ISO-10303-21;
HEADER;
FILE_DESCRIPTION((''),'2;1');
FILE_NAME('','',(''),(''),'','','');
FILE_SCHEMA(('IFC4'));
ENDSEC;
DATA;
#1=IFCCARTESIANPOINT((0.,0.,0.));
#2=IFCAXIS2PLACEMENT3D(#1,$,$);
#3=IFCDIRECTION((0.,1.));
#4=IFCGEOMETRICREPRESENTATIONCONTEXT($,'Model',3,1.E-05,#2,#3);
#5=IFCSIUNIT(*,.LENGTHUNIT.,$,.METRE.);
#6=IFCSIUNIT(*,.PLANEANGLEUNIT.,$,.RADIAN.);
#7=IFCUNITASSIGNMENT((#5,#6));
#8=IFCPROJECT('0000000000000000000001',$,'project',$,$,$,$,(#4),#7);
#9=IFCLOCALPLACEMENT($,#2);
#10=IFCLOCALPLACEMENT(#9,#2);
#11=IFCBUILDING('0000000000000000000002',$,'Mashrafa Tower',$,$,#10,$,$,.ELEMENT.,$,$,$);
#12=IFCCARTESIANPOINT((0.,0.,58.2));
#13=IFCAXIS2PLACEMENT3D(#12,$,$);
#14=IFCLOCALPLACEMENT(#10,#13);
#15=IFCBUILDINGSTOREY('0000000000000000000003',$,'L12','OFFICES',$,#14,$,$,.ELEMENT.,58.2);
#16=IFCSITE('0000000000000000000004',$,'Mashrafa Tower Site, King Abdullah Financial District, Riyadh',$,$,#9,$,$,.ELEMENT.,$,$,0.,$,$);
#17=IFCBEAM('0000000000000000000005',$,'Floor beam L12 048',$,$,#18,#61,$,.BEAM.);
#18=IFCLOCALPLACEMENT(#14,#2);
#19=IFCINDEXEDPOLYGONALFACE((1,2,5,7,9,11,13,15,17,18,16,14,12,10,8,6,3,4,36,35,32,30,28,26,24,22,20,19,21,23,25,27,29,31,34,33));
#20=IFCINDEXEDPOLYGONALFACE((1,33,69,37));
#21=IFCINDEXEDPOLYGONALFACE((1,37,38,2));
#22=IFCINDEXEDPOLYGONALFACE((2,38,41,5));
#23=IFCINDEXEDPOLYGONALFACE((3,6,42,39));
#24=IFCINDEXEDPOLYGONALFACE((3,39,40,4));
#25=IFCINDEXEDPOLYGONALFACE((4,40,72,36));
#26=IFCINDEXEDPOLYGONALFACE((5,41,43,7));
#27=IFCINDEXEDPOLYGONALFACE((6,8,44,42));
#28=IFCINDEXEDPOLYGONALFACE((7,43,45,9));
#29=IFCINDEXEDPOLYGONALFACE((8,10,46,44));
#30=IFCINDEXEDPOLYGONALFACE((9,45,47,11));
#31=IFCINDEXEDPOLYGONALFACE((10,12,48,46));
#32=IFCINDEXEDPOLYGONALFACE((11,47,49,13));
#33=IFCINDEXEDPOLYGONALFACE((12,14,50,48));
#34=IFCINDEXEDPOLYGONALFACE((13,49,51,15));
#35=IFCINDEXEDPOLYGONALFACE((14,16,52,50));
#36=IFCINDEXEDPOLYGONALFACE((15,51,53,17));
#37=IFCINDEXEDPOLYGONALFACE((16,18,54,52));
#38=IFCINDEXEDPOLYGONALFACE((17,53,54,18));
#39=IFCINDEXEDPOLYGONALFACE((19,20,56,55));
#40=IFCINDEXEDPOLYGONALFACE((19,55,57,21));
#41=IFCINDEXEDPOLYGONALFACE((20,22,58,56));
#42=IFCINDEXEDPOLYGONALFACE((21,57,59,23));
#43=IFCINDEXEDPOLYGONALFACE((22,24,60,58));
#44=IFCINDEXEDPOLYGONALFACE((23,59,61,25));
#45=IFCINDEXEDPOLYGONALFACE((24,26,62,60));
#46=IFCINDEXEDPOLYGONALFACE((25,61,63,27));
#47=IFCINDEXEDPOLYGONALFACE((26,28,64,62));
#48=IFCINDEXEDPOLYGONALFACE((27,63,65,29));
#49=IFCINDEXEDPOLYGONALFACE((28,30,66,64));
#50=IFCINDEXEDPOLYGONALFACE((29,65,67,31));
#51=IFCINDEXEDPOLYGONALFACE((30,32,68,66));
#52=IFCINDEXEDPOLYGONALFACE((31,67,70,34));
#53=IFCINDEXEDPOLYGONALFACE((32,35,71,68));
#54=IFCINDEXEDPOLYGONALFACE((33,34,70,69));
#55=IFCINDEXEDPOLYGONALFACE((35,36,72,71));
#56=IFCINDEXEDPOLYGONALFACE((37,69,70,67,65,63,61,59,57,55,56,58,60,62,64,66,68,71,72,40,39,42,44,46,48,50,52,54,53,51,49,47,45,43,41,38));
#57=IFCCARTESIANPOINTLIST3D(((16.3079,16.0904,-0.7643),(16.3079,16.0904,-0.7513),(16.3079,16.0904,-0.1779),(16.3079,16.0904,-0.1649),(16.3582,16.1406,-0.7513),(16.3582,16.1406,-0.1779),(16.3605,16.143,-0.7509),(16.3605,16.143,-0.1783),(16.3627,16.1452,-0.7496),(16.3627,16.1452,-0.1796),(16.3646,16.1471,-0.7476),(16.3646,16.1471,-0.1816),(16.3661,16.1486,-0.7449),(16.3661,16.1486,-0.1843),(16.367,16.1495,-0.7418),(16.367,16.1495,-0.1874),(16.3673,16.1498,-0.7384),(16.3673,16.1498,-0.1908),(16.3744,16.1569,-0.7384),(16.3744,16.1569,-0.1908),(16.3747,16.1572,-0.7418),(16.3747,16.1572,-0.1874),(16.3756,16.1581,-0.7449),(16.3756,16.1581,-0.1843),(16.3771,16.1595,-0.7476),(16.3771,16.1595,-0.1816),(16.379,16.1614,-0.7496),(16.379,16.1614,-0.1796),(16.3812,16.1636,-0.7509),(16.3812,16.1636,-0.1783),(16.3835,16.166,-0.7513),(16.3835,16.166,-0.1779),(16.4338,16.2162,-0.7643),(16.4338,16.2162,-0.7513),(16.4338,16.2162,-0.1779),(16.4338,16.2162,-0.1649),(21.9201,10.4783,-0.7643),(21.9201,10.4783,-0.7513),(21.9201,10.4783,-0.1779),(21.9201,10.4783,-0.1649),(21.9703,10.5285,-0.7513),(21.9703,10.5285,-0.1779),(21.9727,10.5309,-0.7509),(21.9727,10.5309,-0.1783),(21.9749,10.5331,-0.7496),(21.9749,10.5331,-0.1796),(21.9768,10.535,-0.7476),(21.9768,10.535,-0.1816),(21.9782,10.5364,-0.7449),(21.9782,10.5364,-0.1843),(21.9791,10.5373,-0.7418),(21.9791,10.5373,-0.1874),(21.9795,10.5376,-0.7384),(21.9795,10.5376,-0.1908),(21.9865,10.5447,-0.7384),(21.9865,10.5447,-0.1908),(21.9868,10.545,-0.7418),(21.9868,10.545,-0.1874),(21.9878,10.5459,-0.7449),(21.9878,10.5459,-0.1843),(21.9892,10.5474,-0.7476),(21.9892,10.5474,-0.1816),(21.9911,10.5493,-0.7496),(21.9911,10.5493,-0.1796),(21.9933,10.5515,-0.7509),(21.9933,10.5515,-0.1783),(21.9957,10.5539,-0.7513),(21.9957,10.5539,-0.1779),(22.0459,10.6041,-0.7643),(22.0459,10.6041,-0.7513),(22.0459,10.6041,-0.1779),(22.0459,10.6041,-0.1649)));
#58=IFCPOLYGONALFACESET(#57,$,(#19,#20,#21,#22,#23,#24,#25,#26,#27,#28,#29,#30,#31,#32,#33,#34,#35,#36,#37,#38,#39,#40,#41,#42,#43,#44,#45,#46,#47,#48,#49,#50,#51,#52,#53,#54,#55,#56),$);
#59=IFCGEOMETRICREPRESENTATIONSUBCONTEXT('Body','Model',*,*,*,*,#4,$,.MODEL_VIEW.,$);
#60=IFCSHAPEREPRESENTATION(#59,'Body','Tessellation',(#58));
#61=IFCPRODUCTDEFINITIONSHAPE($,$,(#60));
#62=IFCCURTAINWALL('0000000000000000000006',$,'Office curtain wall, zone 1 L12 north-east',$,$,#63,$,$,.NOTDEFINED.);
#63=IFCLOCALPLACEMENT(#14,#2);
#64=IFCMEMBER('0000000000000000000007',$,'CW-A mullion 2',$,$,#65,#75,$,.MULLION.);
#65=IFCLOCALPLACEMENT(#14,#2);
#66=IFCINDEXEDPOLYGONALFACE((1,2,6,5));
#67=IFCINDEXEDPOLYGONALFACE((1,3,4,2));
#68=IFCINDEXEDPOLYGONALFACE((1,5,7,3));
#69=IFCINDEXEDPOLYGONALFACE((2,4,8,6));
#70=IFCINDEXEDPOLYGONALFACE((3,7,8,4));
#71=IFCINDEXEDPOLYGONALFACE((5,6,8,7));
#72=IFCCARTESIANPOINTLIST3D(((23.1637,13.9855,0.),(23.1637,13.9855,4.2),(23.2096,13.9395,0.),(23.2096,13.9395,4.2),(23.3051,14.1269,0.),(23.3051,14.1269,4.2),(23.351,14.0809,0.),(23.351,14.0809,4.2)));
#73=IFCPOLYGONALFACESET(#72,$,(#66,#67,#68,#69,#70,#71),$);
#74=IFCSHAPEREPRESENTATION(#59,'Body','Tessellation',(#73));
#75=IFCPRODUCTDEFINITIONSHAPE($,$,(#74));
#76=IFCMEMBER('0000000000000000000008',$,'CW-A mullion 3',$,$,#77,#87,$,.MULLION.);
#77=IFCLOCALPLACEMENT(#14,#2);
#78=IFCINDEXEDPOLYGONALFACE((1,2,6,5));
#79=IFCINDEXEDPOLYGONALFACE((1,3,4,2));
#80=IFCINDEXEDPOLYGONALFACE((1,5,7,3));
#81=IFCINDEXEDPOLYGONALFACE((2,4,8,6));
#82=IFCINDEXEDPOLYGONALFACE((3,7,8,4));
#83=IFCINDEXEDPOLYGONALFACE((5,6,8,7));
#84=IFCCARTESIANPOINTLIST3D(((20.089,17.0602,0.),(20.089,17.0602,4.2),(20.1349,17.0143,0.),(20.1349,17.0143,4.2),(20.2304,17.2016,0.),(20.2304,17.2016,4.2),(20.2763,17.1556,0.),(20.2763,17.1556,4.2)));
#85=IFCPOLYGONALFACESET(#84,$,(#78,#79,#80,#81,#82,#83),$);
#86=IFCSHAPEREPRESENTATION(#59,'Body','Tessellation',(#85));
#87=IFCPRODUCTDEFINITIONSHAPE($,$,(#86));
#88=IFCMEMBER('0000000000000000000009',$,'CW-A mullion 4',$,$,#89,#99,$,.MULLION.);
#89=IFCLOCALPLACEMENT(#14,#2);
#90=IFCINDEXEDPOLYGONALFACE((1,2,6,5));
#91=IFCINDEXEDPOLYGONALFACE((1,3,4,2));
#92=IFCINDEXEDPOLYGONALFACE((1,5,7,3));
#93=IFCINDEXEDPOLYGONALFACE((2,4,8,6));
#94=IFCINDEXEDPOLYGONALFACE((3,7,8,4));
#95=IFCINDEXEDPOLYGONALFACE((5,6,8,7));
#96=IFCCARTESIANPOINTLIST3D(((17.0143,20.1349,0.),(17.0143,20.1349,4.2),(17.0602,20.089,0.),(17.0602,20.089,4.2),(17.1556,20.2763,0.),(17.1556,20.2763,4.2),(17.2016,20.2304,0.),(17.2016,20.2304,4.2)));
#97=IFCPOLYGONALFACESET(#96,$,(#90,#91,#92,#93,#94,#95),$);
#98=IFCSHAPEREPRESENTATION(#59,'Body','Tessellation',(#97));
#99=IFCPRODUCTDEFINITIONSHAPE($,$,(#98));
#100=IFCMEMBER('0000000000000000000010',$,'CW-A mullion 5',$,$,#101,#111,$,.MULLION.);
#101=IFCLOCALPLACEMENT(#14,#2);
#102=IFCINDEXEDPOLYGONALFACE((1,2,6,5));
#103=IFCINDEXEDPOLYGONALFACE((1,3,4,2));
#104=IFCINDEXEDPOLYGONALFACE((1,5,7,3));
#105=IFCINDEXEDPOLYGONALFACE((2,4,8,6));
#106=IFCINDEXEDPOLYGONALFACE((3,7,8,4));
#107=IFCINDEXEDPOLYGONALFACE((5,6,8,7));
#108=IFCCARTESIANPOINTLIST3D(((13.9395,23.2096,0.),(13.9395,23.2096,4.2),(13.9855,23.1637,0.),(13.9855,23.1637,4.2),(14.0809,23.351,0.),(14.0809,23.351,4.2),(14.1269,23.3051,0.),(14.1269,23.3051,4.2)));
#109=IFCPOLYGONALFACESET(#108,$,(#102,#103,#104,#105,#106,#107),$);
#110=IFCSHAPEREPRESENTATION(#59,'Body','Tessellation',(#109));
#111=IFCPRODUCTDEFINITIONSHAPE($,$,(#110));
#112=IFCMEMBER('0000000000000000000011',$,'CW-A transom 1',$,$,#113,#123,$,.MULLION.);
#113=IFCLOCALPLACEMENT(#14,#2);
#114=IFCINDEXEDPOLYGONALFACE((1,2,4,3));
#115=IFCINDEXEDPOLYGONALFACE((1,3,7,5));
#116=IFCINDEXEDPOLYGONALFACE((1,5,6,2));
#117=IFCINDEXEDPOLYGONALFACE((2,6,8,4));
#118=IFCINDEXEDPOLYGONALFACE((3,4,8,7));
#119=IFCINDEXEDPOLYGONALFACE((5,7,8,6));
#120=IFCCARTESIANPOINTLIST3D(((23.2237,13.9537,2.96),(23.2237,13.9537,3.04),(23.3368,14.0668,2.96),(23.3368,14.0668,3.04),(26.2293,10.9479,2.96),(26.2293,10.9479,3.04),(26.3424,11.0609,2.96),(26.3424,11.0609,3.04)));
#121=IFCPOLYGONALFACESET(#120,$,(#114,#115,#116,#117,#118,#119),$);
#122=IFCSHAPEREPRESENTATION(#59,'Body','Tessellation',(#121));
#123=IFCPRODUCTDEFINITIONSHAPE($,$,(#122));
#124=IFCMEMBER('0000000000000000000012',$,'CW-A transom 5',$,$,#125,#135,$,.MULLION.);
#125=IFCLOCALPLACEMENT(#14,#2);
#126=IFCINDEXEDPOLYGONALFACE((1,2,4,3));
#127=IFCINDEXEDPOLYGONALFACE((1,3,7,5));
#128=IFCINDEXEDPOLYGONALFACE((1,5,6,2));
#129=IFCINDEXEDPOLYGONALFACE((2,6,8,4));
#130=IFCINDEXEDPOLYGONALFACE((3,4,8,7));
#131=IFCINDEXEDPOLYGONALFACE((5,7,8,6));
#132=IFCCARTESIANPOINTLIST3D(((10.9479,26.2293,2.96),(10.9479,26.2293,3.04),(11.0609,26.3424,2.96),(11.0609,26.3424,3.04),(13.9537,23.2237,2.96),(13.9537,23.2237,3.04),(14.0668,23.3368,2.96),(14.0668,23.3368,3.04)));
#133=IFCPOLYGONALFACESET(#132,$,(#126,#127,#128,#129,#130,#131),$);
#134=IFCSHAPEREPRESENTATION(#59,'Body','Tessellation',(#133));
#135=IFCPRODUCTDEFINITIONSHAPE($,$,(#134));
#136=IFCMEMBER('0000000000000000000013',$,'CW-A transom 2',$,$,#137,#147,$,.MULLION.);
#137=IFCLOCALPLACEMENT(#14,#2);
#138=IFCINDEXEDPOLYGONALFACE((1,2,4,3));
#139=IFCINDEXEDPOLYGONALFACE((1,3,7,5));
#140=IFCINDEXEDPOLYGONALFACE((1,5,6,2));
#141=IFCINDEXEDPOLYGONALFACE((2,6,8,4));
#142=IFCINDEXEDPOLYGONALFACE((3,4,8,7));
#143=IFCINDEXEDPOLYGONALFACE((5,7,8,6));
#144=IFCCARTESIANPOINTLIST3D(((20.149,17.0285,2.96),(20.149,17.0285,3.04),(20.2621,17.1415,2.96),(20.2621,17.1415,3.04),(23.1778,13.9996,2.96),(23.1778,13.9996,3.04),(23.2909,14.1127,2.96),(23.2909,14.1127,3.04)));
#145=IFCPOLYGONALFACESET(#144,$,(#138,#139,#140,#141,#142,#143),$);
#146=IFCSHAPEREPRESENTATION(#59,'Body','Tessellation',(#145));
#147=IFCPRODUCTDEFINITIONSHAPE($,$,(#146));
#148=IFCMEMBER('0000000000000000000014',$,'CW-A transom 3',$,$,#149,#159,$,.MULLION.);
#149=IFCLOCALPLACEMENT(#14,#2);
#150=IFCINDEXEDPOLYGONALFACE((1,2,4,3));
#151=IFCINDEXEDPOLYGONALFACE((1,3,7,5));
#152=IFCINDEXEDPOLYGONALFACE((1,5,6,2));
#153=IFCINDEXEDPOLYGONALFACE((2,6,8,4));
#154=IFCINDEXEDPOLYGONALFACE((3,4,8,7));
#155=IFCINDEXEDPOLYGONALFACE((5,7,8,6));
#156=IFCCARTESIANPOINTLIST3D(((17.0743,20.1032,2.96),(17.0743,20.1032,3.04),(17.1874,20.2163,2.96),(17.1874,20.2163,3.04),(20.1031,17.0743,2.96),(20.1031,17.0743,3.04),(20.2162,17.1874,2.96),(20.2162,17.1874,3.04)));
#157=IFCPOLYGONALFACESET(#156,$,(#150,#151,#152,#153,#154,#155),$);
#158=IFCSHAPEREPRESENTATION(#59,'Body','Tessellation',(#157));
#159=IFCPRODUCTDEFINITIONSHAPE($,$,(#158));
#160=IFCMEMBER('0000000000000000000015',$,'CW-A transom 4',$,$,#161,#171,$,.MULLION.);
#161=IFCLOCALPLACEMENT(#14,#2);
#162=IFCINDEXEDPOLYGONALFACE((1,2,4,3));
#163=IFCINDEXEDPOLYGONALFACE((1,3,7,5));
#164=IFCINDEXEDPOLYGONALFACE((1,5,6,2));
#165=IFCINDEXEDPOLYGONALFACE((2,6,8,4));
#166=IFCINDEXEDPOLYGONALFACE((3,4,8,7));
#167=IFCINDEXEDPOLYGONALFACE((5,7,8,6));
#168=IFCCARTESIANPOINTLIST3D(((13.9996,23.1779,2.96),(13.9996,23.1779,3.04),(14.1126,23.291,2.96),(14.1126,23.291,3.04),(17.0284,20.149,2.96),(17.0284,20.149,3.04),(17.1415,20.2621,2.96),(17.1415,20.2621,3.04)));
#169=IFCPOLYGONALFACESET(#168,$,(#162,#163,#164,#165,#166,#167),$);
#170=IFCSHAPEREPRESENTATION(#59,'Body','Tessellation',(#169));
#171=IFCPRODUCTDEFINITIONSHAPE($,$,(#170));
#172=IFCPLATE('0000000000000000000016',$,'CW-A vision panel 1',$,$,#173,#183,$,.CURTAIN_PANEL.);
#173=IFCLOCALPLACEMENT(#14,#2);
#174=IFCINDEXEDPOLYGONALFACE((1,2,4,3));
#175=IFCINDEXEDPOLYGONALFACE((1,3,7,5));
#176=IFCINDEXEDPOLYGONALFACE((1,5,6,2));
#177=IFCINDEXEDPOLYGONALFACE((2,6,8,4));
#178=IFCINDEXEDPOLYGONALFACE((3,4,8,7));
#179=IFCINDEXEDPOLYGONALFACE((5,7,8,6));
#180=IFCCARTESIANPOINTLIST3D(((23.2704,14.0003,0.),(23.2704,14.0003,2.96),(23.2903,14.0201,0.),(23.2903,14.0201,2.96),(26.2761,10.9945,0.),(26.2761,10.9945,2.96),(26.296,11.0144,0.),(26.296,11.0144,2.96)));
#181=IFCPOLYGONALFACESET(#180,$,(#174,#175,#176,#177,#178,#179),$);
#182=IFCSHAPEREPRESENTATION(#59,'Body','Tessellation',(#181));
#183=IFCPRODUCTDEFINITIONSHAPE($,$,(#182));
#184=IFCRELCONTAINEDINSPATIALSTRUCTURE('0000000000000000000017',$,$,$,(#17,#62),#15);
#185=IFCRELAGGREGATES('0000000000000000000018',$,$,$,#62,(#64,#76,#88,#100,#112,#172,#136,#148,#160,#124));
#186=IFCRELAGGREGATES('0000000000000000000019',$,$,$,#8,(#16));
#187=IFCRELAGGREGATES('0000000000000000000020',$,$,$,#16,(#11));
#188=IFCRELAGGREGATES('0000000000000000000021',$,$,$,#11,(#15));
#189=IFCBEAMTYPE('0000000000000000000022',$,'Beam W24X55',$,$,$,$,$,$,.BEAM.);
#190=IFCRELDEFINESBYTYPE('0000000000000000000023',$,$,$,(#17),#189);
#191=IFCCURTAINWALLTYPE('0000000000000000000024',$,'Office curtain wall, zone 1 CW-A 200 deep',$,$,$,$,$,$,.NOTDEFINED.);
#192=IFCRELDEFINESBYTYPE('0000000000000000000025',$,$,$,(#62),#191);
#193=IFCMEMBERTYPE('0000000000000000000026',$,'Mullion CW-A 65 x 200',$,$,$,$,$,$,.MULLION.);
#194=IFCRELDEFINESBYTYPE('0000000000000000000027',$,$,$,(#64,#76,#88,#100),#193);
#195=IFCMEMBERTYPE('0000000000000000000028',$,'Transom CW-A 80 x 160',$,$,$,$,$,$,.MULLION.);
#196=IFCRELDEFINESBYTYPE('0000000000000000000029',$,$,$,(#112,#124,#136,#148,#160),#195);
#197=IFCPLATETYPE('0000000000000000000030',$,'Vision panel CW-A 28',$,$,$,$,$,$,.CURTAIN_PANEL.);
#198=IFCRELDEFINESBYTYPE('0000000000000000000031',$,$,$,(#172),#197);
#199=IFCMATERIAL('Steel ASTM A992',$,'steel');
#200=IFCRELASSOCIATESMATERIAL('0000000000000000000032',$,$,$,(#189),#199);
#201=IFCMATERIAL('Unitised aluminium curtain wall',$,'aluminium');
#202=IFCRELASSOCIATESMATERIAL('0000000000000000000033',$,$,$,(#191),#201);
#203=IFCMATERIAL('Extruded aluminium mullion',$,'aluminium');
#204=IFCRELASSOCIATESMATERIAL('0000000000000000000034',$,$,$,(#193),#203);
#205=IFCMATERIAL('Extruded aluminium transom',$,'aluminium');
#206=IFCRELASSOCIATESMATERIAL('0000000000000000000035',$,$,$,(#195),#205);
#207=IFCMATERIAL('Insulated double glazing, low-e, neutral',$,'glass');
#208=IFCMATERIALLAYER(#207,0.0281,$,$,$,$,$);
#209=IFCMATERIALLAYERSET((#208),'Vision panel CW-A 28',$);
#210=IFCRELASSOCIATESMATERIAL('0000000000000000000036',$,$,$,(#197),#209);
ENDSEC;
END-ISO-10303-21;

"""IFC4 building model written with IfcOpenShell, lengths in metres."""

from ifc_helpers import new_model, si_unit, direction, frame, origin, origin_2d, place, context, subcontext, project, spatial, rectangle, i_section, extrude, source, transform, mapped, material, layer, layer_set, material_profile, profile_set, type_object, type_shapes, element, aggregate, save


model = new_model("IFC4")

# Units and contexts
model_context = context("Model", 3, precision=1e-05, world=origin(), true_north=direction((0.0, 1.0)))
body_context = subcontext(model_context, "Body", "Model", "MODEL_VIEW")
ifc_project = project(units=[si_unit("LENGTHUNIT", "METRE"), si_unit("PLANEANGLEUNIT", "RADIAN")], contexts=[model_context])

# Site, building, storey
site_placement = place(None, origin())
site = spatial("IfcSite", under=ifc_project, at=site_placement, Name="Mashrafa Tower Site, King Abdullah Financial District, Riyadh", CompositionType="ELEMENT", RefElevation=0.0)
building_placement = place(site_placement, origin())
building = spatial("IfcBuilding", under=site, at=building_placement, Name="Mashrafa Tower", CompositionType="ELEMENT")
storey_placement = place(building_placement, frame((0.0, 0.0, 58.2)))
storey = spatial("IfcBuildingStorey", under=building, at=storey_placement, Name="L12", Description="OFFICES", CompositionType="ELEMENT", Elevation=58.2)

# Beam
ifc_material_1 = material(Name="Steel ASTM A992", Category="steel")
ifc_material_profile_1 = material_profile(ifc_material_1, i_section(OverallWidth=0.178, OverallDepth=0.5994, WebThickness=0.01, FlangeThickness=0.0129, FilletRadius=0.0129, at=origin_2d()), Name="W24X55")
ifc_profile_set_1 = profile_set([ifc_material_profile_1], Name="Steel ASTM A992")
beam_type_1 = type_object("IfcBeamType", Name="Beam W24X55", PredefinedType="BEAM", material=ifc_profile_set_1)
beam_1_placement = place(storey_placement, frame((16.3708, 16.1533, -0.4646), z_axis=(0.707107, -0.707107, 0.0), x_axis=(0.707107, 0.707107, 0.0)))
element("IfcBeam", 1, at=beam_1_placement, inside=storey, type_object=beam_type_1, Name="Floor beam L12 048", PredefinedType="BEAM", context=body_context, shape_type="SweptSolid", body=[
    extrude(i_section(OverallWidth=0.178, OverallDepth=0.5994, WebThickness=0.01, FlangeThickness=0.0129, FilletRadius=0.0129, at=origin_2d()), origin(), (0.0, 0.0, 1.0), 7.9368),
])

# Curtain wall, members, plate
ifc_material_2 = material(Name="Unitised aluminium curtain wall", Category="aluminium")
curtain_wall_type = type_object("IfcCurtainWallType", Name="Office curtain wall, zone 1 CW-A 200 deep", PredefinedType="NOTDEFINED", material=ifc_material_2)
curtain_wall_placement = place(storey_placement, origin())
curtain_wall = element("IfcCurtainWall", 2, at=curtain_wall_placement, inside=storey, type_object=curtain_wall_type, Name="Office curtain wall, zone 1 L12 north-east", PredefinedType="NOTDEFINED")
ifc_material_3 = material(Name="Extruded aluminium mullion", Category="aluminium")
ifc_material_profile_2 = material_profile(ifc_material_3, rectangle(XDim=0.2, YDim=0.0649, at=origin_2d()), Name="Mullion 65x200")
ifc_profile_set_2 = profile_set([ifc_material_profile_2], Name="Extruded aluminium mullion")
member_type_1 = type_object("IfcMemberType", Name="Mullion CW-A 65 x 200", PredefinedType="MULLION", material=ifc_profile_set_2)
shared_shape_1 = source(origin(), body_context, "Body", "SweptSolid", [
    extrude(rectangle(XDim=0.2, YDim=0.0649, at=origin_2d()), origin(), (0.0, 0.0, 1.0), 4.2),
])
type_shapes(member_type_1, [shared_shape_1])
member_1_placement = place(storey_placement, frame((23.2573, 14.0332, 0.0), z_axis=(0.0, 0.0, 1.0), x_axis=(-0.707107, -0.707107, 0.0)))
member_1 = element("IfcMember", 3, at=member_1_placement, type_object=member_type_1, Name="CW-A mullion 2", PredefinedType="MULLION", context=body_context, shape_type="MappedRepresentation", body=[
    mapped(shared_shape_1, transform((0.0, 0.0, 0.0))),
])
member_2_placement = place(storey_placement, frame((20.1826, 17.1079, 0.0), z_axis=(0.0, 0.0, 1.0), x_axis=(-0.707107, -0.707107, 0.0)))
member_2 = element("IfcMember", 4, at=member_2_placement, type_object=member_type_1, Name="CW-A mullion 3", PredefinedType="MULLION", context=body_context, shape_type="MappedRepresentation", body=[
    mapped(shared_shape_1, transform((0.0, 0.0, 0.0))),
])
member_3_placement = place(storey_placement, frame((17.1079, 20.1826, 0.0), z_axis=(0.0, 0.0, 1.0), x_axis=(-0.707107, -0.707107, 0.0)))
member_3 = element("IfcMember", 5, at=member_3_placement, type_object=member_type_1, Name="CW-A mullion 4", PredefinedType="MULLION", context=body_context, shape_type="MappedRepresentation", body=[
    mapped(shared_shape_1, transform((0.0, 0.0, 0.0))),
])
member_4_placement = place(storey_placement, frame((14.0332, 23.2573, 0.0), z_axis=(0.0, 0.0, 1.0), x_axis=(-0.707107, -0.707107, 0.0)))
member_4 = element("IfcMember", 6, at=member_4_placement, type_object=member_type_1, Name="CW-A mullion 5", PredefinedType="MULLION", context=body_context, shape_type="MappedRepresentation", body=[
    mapped(shared_shape_1, transform((0.0, 0.0, 0.0))),
])
ifc_material_4 = material(Name="Extruded aluminium transom", Category="aluminium")
ifc_material_profile_3 = material_profile(ifc_material_4, rectangle(XDim=0.1599, YDim=0.0801, at=origin_2d()), Name="Transom 80x160")
ifc_profile_set_3 = profile_set([ifc_material_profile_3], Name="Extruded aluminium transom")
member_type_2 = type_object("IfcMemberType", Name="Transom CW-A 80 x 160", PredefinedType="MULLION", material=ifc_profile_set_3)
shared_shape_2 = source(origin(), body_context, "Body", "SweptSolid", [
    extrude(rectangle(XDim=0.1599, YDim=0.0801, at=origin_2d()), origin(), (0.0, 0.0, 1.0), 4.2507),
])
member_5_placement = place(storey_placement, frame((26.2859, 11.0044, 3.0), z_axis=(-0.707078, 0.707135, 0.0), x_axis=(-0.707135, -0.707078, 0.0)))
member_5 = element("IfcMember", 7, at=member_5_placement, type_object=member_type_2, Name="CW-A transom 1", PredefinedType="MULLION", context=body_context, shape_type="MappedRepresentation", body=[
    mapped(shared_shape_2, transform((0.0, 0.0, 0.0))),
])
member_6_placement = place(storey_placement, frame((14.0103, 23.2803, 3.0), z_axis=(-0.707135, 0.707078, 0.0), x_axis=(-0.707078, -0.707135, 0.0)))
member_6 = element("IfcMember", 8, at=member_6_placement, type_object=member_type_2, Name="CW-A transom 5", PredefinedType="MULLION", context=body_context, shape_type="MappedRepresentation", body=[
    mapped(shared_shape_2, transform((0.0, 0.0, 0.0))),
])
shared_shape_3 = source(origin(), body_context, "Body", "SweptSolid", [
    extrude(rectangle(XDim=0.1599, YDim=0.0801, at=origin_2d()), origin(), (0.0, 0.0, 1.0), 4.2834),
])
type_shapes(member_type_2, [shared_shape_2, shared_shape_3])
member_7_placement = place(storey_placement, frame((23.2344, 14.0562, 3.0), z_axis=(-0.707107, 0.707107, 0.0), x_axis=(-0.707107, -0.707107, 0.0)))
member_7 = element("IfcMember", 9, at=member_7_placement, type_object=member_type_2, Name="CW-A transom 2", PredefinedType="MULLION", context=body_context, shape_type="MappedRepresentation", body=[
    mapped(shared_shape_3, transform((0.0, 0.0, 0.0))),
])
member_8_placement = place(storey_placement, frame((20.1597, 17.1309, 3.0), z_axis=(-0.707107, 0.707107, 0.0), x_axis=(-0.707107, -0.707107, 0.0)))
member_8 = element("IfcMember", 10, at=member_8_placement, type_object=member_type_2, Name="CW-A transom 3", PredefinedType="MULLION", context=body_context, shape_type="MappedRepresentation", body=[
    mapped(shared_shape_3, transform((0.0, 0.0, 0.0))),
])
member_9_placement = place(storey_placement, frame((17.085, 20.2056, 3.0), z_axis=(-0.707107, 0.707107, 0.0), x_axis=(-0.707107, -0.707107, 0.0)))
member_9 = element("IfcMember", 11, at=member_9_placement, type_object=member_type_2, Name="CW-A transom 4", PredefinedType="MULLION", context=body_context, shape_type="MappedRepresentation", body=[
    mapped(shared_shape_3, transform((0.0, 0.0, 0.0))),
])
ifc_material_5 = material(Name="Insulated double glazing, low-e, neutral", Category="glass")
ifc_layer_1 = layer(ifc_material_5, 0.0281)
ifc_layer_set_1 = layer_set([ifc_layer_1], Name="Vision panel CW-A 28")
plate_type_1 = type_object("IfcPlateType", Name="Vision panel CW-A 28", PredefinedType="CURTAIN_PANEL", material=ifc_layer_set_1)
shared_shape_4 = source(origin(), body_context, "Body", "SweptSolid", [
    extrude(rectangle(XDim=4.2507, YDim=0.0281, at=origin_2d()), origin(), (0.0, 0.0, 1.0), 2.96),
])
plate_1_placement = place(storey_placement, frame((24.7832, 12.5073, 0.0), z_axis=(0.0, 0.0, 1.0), x_axis=(-0.707107, 0.707107, 0.0)))
plate_1 = element("IfcPlate", 12, at=plate_1_placement, type_object=plate_type_1, Name="CW-A vision panel 1", PredefinedType="CURTAIN_PANEL", context=body_context, shape_type="MappedRepresentation", body=[
    mapped(shared_shape_4, transform((0.0, 0.0, 0.0))),
])
aggregate(curtain_wall, [member_1, member_2, member_3, member_4, member_5, plate_1, member_7, member_8, member_9, member_6])

save(model, "model.ifc")
